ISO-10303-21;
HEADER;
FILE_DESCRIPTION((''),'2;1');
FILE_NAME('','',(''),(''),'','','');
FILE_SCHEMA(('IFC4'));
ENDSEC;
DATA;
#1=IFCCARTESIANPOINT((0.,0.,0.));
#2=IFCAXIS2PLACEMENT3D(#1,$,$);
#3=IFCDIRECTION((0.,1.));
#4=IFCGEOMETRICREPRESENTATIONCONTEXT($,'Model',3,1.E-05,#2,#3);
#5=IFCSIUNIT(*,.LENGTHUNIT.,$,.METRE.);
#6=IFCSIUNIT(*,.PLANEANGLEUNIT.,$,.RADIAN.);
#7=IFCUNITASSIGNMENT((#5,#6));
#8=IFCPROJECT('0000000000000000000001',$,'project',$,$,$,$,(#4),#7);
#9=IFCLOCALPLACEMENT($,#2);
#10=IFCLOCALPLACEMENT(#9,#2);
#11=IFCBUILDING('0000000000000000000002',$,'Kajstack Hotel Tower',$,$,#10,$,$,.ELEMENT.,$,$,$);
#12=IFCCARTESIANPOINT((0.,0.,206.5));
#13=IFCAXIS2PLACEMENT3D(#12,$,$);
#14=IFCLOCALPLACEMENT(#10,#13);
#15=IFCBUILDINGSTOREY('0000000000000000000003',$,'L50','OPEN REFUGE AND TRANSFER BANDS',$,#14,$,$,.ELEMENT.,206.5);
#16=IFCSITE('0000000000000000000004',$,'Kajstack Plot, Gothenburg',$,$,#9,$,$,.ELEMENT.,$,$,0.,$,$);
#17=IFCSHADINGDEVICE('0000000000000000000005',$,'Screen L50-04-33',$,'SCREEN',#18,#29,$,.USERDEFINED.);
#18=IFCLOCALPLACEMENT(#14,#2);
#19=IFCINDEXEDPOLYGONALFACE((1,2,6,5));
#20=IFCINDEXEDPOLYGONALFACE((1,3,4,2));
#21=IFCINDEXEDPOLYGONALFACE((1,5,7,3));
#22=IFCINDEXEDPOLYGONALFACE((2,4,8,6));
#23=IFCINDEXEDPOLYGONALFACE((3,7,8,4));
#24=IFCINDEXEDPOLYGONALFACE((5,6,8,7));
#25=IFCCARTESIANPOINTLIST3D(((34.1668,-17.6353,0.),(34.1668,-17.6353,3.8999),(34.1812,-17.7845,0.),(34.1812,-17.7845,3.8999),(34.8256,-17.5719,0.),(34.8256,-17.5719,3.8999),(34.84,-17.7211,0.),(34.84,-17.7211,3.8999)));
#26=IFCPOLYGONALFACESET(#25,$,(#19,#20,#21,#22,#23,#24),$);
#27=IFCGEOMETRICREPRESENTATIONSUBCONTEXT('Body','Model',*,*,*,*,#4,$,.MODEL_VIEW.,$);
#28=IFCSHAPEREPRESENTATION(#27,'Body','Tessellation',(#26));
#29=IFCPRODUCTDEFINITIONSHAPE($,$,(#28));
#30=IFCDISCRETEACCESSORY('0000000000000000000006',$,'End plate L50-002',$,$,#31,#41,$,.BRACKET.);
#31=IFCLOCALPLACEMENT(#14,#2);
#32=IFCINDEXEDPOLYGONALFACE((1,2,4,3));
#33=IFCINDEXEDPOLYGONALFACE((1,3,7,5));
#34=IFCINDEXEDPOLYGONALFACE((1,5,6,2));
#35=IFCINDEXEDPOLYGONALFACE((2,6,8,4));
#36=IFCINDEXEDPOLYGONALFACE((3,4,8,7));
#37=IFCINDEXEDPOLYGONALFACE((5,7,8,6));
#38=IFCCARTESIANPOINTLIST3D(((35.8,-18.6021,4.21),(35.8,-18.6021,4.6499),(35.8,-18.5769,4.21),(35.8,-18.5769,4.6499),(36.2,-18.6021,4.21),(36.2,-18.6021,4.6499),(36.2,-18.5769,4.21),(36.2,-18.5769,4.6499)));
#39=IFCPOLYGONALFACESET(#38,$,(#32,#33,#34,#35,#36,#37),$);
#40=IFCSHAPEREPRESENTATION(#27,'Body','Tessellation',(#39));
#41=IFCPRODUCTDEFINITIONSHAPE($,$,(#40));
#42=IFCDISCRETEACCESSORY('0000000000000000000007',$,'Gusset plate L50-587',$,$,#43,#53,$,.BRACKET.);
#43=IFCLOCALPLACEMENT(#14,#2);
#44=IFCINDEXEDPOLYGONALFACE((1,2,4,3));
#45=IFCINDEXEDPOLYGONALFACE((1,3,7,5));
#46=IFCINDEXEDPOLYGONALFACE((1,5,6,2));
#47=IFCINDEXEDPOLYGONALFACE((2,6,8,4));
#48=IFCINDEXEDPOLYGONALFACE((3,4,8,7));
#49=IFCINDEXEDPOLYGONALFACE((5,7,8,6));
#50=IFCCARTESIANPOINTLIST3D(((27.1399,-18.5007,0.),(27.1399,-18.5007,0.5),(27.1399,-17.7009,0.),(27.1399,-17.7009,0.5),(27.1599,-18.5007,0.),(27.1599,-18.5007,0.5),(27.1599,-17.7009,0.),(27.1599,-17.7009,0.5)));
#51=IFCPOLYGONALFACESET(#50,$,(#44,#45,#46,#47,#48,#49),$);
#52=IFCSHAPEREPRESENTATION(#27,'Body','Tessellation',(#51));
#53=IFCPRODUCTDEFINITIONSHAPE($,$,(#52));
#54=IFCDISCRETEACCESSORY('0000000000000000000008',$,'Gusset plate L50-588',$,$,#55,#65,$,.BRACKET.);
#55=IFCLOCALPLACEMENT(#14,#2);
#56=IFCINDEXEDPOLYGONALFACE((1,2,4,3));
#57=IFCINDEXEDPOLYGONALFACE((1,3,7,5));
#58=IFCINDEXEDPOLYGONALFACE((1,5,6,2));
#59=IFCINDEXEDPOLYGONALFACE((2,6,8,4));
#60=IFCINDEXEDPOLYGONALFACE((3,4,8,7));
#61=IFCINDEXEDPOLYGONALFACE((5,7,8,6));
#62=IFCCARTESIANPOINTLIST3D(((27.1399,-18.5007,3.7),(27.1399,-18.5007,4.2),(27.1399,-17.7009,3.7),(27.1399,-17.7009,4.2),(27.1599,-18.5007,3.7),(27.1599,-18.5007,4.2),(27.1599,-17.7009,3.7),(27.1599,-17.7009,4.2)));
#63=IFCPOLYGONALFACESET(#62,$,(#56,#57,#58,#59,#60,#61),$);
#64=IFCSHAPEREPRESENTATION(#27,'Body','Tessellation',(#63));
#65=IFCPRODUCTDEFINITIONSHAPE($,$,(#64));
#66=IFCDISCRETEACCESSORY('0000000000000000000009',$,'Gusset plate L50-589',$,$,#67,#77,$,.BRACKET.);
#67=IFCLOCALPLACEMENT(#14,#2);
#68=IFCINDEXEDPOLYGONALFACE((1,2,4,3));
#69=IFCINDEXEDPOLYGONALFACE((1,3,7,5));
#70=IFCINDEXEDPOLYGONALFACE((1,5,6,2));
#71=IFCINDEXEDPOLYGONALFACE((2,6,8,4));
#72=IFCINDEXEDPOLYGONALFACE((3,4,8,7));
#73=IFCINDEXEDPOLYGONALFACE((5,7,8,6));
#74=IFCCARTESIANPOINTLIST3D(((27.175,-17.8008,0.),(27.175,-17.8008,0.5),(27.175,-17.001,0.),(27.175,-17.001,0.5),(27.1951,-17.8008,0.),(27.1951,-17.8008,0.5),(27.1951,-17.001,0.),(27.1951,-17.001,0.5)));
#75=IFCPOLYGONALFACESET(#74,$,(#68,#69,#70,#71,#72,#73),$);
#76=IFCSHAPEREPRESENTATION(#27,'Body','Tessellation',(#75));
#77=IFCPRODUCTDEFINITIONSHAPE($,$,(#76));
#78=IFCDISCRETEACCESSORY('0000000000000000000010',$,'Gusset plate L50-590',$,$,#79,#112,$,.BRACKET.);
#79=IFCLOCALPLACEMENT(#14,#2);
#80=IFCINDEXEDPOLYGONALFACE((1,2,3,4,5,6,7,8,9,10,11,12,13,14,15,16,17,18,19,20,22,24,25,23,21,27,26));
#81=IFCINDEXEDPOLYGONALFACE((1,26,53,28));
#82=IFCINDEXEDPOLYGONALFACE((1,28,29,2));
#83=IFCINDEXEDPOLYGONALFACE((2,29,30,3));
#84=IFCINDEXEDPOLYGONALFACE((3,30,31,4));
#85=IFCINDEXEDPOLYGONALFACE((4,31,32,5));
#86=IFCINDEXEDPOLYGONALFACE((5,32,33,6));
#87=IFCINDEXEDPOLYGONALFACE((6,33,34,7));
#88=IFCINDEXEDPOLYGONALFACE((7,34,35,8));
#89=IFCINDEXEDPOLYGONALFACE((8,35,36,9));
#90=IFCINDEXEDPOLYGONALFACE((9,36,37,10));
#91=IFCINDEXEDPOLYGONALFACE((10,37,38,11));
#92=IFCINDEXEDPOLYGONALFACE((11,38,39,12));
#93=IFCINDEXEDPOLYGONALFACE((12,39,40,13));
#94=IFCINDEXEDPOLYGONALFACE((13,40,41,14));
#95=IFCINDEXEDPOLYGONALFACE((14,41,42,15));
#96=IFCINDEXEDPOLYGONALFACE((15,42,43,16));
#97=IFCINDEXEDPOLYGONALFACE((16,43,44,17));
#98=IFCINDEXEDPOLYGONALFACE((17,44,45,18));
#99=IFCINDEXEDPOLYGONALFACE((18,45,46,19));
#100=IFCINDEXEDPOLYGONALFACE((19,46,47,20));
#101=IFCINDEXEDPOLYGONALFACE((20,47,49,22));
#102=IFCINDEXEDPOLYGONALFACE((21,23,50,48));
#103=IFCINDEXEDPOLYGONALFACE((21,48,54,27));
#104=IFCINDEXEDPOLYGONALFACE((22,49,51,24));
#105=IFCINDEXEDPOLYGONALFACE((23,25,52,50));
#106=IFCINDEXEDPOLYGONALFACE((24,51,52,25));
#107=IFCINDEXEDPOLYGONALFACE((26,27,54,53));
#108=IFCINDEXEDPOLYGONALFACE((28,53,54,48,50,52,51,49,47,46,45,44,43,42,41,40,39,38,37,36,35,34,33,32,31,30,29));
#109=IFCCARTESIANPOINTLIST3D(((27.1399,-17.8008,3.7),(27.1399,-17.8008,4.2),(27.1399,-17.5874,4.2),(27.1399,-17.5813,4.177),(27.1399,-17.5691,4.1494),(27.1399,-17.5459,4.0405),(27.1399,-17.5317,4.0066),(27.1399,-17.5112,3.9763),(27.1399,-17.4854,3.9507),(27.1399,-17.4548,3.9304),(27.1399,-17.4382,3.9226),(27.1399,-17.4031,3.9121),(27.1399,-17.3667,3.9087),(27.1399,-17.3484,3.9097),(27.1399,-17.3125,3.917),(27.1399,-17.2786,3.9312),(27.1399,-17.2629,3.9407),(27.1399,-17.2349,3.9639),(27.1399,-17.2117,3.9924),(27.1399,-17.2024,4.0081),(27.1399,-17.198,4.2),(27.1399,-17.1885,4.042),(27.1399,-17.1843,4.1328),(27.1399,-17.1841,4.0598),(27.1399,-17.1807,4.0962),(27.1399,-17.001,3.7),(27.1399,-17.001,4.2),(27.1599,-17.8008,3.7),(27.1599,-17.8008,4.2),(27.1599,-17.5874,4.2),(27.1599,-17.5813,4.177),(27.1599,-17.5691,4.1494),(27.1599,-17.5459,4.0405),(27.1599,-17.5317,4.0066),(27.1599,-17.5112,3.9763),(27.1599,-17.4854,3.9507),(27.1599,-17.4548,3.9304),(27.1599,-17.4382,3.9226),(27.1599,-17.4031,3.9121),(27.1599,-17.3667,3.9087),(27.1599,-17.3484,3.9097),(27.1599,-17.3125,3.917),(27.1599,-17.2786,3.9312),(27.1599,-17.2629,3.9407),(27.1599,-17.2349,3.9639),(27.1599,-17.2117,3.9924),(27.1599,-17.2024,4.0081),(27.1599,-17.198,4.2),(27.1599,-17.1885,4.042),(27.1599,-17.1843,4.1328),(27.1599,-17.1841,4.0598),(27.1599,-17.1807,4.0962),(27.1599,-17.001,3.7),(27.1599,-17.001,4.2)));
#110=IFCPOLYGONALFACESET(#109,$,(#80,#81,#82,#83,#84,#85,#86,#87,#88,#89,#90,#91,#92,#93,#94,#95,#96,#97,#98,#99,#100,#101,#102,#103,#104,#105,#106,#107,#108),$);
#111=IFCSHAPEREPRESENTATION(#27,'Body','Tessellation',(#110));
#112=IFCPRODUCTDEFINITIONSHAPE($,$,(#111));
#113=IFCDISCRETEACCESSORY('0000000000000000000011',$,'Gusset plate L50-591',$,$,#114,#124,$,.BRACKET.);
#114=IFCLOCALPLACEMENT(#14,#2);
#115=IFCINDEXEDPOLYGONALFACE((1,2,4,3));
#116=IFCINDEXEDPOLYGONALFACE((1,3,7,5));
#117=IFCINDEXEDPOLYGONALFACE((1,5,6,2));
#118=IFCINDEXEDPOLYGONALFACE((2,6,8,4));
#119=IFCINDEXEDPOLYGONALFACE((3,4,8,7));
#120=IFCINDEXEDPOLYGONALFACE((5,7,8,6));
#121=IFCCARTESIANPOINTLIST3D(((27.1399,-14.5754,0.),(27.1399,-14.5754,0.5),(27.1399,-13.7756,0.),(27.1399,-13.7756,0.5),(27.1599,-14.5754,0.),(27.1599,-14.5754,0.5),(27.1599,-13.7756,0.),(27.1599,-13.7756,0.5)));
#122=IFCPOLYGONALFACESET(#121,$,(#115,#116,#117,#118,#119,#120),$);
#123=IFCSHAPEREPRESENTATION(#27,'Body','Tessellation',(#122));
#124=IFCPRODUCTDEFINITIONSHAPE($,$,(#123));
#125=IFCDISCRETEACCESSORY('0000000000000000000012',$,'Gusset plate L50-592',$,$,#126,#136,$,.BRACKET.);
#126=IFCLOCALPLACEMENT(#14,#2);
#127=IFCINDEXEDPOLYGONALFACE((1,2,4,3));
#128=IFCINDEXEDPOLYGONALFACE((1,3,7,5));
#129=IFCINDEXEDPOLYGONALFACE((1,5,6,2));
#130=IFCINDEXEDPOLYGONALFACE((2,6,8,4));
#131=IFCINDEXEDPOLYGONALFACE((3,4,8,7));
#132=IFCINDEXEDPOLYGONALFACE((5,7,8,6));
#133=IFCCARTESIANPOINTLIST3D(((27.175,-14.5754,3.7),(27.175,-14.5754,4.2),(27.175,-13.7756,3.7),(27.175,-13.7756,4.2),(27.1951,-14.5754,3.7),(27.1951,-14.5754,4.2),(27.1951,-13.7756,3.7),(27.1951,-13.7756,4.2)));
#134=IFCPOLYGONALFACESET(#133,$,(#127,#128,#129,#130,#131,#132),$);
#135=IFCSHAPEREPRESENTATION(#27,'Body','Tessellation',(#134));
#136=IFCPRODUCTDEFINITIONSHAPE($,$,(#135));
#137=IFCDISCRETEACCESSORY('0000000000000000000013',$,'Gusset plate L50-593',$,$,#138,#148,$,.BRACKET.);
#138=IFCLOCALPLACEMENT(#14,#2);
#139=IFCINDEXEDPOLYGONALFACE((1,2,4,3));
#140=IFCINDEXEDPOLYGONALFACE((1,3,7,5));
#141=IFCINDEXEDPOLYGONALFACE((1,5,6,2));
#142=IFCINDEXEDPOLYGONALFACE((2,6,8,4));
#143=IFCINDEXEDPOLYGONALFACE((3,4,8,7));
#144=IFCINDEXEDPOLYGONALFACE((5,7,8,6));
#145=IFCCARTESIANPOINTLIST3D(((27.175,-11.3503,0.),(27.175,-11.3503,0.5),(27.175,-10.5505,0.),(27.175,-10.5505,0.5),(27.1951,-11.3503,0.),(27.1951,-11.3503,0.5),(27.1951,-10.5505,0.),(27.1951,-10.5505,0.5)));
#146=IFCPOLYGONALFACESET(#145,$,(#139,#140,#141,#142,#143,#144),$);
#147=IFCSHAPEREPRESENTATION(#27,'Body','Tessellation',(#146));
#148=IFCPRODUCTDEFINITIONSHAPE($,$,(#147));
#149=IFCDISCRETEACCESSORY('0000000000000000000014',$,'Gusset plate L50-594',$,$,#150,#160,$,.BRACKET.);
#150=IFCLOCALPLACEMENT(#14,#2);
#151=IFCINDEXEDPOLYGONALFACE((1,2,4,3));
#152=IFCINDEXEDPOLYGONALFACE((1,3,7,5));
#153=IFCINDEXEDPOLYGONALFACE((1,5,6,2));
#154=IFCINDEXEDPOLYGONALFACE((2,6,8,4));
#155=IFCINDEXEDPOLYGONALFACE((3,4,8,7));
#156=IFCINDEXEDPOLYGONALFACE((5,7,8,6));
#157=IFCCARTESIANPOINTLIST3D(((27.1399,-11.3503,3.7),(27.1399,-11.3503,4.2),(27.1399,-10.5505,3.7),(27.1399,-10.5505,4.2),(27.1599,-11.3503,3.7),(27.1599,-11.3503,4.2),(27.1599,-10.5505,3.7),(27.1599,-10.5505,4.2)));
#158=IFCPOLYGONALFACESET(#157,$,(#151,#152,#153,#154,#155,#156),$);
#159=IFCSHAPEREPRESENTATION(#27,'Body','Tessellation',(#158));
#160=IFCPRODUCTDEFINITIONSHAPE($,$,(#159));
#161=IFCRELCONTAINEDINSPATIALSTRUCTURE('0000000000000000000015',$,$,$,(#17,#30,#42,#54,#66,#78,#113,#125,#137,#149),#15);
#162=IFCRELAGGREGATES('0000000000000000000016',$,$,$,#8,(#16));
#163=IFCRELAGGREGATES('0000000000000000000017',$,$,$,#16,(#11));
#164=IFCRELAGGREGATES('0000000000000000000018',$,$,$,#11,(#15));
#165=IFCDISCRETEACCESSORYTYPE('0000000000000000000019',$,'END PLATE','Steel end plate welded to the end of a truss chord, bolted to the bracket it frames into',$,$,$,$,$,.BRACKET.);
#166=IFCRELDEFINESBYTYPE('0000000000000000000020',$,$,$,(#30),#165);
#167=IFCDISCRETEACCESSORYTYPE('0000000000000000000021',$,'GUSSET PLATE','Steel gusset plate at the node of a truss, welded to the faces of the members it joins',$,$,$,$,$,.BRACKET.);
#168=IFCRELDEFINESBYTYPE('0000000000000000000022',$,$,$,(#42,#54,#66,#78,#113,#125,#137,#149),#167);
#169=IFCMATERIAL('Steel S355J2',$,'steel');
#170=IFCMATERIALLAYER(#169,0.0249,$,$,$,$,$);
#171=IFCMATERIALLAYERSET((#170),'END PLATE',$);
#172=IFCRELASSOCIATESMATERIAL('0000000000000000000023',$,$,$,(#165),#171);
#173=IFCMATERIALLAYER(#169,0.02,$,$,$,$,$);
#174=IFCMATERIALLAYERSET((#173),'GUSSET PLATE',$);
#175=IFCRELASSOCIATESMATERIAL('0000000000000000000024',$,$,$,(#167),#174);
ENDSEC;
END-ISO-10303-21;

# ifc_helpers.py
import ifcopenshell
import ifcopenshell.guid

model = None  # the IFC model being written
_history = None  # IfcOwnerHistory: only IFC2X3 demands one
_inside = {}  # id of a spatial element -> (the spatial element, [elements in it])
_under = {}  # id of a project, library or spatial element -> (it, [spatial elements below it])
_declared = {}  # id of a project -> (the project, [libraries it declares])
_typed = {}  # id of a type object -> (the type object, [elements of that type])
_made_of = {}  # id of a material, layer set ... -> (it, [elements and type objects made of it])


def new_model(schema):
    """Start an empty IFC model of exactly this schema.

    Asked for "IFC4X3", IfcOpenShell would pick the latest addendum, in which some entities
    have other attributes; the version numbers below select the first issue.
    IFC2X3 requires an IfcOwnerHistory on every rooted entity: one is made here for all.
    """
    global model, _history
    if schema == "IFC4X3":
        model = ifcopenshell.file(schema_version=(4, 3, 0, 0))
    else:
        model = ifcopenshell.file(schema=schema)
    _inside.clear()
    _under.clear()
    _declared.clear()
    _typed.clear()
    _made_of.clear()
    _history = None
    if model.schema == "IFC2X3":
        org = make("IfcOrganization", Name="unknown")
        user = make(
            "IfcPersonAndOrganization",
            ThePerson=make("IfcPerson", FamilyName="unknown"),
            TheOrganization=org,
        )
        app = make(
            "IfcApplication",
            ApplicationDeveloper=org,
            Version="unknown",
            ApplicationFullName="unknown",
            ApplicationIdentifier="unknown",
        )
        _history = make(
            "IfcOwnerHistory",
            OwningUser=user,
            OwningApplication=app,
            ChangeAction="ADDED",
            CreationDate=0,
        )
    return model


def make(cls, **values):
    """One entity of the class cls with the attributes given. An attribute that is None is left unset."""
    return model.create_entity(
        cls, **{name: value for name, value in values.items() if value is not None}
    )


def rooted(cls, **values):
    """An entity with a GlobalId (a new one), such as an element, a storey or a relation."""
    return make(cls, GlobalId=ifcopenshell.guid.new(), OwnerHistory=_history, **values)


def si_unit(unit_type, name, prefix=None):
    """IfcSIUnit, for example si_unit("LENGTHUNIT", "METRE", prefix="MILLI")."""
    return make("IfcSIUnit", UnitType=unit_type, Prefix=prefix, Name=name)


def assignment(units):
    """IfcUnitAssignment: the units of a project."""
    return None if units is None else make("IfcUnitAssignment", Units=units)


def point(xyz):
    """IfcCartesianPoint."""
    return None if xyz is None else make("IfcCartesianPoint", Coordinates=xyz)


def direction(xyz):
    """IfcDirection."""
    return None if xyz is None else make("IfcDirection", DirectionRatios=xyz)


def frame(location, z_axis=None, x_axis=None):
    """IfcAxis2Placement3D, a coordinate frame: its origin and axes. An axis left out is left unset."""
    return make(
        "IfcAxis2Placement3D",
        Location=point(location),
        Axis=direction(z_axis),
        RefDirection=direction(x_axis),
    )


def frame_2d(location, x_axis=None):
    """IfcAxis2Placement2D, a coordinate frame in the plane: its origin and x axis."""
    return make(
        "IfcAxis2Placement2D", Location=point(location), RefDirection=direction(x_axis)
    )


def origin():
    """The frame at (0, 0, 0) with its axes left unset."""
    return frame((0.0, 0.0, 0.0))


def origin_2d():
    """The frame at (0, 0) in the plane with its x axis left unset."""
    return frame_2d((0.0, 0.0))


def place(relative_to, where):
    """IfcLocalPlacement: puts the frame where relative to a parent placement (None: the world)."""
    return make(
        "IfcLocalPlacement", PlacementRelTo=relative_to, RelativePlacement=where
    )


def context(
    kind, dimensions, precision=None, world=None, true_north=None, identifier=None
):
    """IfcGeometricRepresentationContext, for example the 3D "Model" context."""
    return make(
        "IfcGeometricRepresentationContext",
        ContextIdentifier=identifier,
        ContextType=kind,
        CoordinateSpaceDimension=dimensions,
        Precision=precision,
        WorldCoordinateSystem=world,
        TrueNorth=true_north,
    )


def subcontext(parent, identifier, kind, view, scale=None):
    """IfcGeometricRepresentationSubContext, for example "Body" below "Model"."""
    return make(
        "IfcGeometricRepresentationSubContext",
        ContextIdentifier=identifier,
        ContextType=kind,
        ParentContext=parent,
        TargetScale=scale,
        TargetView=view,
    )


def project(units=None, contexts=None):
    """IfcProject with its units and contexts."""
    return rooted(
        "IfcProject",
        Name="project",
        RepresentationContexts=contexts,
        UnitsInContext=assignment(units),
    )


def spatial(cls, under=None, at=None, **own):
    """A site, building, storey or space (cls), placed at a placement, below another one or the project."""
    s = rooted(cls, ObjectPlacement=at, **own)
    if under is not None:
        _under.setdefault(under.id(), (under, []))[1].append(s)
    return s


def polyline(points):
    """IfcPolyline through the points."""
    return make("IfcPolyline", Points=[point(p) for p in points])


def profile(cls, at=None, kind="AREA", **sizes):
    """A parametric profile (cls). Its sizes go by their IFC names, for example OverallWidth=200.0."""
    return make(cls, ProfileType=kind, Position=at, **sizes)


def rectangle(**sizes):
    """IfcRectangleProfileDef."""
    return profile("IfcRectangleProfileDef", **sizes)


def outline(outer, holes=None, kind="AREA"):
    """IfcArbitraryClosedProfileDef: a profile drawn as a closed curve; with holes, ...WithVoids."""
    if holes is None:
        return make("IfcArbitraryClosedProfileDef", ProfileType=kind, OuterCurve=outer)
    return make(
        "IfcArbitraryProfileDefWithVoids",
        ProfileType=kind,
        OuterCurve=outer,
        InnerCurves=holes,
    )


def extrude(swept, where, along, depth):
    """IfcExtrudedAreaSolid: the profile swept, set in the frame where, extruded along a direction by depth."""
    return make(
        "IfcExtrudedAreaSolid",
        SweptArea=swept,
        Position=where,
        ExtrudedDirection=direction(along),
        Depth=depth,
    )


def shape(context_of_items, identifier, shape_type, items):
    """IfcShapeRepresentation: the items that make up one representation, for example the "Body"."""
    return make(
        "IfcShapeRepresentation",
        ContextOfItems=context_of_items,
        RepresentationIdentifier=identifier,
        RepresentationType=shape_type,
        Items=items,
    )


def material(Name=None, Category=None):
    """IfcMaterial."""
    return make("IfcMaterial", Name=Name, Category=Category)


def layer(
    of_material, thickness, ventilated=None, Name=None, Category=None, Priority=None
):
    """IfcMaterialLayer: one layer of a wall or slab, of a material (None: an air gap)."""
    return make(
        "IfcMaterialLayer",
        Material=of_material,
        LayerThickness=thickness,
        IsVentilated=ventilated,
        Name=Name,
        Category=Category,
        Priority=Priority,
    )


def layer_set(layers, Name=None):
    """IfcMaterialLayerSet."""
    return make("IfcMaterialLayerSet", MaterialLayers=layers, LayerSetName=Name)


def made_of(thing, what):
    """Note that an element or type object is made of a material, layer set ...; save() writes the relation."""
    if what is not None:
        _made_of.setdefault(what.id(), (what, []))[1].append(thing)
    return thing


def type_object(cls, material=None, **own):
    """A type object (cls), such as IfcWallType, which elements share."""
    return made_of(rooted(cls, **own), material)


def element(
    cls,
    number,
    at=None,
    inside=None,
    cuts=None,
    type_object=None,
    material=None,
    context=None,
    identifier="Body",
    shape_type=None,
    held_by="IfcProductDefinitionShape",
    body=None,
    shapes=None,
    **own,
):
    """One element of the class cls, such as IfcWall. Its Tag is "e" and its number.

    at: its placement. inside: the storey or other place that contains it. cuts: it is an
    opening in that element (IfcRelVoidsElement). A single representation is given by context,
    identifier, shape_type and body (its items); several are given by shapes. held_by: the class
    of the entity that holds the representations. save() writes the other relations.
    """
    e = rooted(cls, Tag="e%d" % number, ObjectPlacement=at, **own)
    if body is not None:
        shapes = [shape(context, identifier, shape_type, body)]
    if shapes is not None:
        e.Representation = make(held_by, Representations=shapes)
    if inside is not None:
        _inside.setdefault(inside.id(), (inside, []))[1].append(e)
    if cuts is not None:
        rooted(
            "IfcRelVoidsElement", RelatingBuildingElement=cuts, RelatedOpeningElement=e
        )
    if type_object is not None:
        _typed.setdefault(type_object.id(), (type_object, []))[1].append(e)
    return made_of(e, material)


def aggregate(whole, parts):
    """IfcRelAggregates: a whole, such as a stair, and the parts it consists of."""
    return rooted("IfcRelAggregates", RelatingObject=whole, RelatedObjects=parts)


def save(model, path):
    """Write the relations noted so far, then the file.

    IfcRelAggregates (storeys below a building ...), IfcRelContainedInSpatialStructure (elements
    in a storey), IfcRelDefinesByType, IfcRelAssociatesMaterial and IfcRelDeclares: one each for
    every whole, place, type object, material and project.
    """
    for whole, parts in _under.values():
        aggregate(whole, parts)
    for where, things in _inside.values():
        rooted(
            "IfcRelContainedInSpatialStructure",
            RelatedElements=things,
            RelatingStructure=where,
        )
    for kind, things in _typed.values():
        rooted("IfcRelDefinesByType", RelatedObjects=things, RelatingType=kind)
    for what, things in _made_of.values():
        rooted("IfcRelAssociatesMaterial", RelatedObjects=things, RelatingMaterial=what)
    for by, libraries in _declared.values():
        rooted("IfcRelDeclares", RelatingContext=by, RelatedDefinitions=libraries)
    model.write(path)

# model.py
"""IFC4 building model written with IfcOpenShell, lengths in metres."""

from ifc_helpers import new_model, si_unit, direction, frame, origin, origin_2d, place, context, subcontext, project, spatial, polyline, rectangle, outline, extrude, material, layer, layer_set, type_object, element, save


model = new_model("IFC4")

# Units and contexts
model_context = context("Model", 3, precision=1e-05, world=origin(), true_north=direction((0.0, 1.0)))
body_context = subcontext(model_context, "Body", "Model", "MODEL_VIEW")
ifc_project = project(units=[si_unit("LENGTHUNIT", "METRE"), si_unit("PLANEANGLEUNIT", "RADIAN")], contexts=[model_context])

# Site, building, storey
site_placement = place(None, origin())
site = spatial("IfcSite", under=ifc_project, at=site_placement, Name="Kajstack Plot, Gothenburg", CompositionType="ELEMENT", RefElevation=0.0)
building_placement = place(site_placement, origin())
building = spatial("IfcBuilding", under=site, at=building_placement, Name="Kajstack Hotel Tower", CompositionType="ELEMENT")
storey_placement = place(building_placement, frame((0.0, 0.0, 206.5)))
storey = spatial("IfcBuildingStorey", under=building, at=storey_placement, Name="L50", Description="OPEN REFUGE AND TRANSFER BANDS", CompositionType="ELEMENT", Elevation=206.5)

# Shared definitions
ifc_material_1 = material(Name="Steel S355J2", Category="steel")

# Shading device
for number, where, z_axis, x_axis, name in (
    (1, (34.5034, -17.6782, 0.0), (0.0, 0.0, 1.0), (0.995396, 0.095845, 0.0), "Screen L50-04-33"),
):
    element("IfcShadingDevice", number, at=place(storey_placement, frame(where, z_axis=z_axis, x_axis=x_axis)), inside=storey, Name=name, ObjectType="SCREEN", PredefinedType="USERDEFINED", context=body_context, shape_type="SweptSolid", body=[
        extrude(rectangle(XDim=0.6619, YDim=0.1499, at=origin_2d()), origin(), (0.0, 0.0, 1.0), 3.8999),
    ])

# Discrete accessories
ifc_layer_1 = layer(ifc_material_1, 0.0249)
ifc_layer_set_1 = layer_set([ifc_layer_1], Name="END PLATE")
discrete_accessory_type_1 = type_object("IfcDiscreteAccessoryType", Name="END PLATE", Description="Steel end plate welded to the end of a truss chord, bolted to the bracket it frames into", PredefinedType="BRACKET", material=ifc_layer_set_1)
discrete_accessory_1_placement = place(storey_placement, frame((36.0, -18.6021, 4.4299), z_axis=(0.0, 1.0, 0.0), x_axis=(-1.0, 0.0, 0.0)))
element("IfcDiscreteAccessory", 2, at=discrete_accessory_1_placement, inside=storey, type_object=discrete_accessory_type_1, Name="End plate L50-002", PredefinedType="BRACKET", context=body_context, shape_type="SweptSolid", body=[
    extrude(outline(polyline([(-0.2, -0.22), (0.2, -0.22), (0.2, 0.22), (-0.2, 0.22), (-0.2, -0.22)])), origin(), (0.0, 0.0, 1.0), 0.0251),
])
ifc_layer_2 = layer(ifc_material_1, 0.02)
ifc_layer_set_2 = layer_set([ifc_layer_2], Name="GUSSET PLATE")
discrete_accessory_type_2 = type_object("IfcDiscreteAccessoryType", Name="GUSSET PLATE", Description="Steel gusset plate at the node of a truss, welded to the faces of the members it joins", PredefinedType="BRACKET", material=ifc_layer_set_2)
for number, where, z_axis, x_axis, name in (
    (3, (27.1399, -18.1008, 0.0), (1.0, 0.0, 0.0), (0.0, 1.0, 0.0), "Gusset plate L50-587"),
    (4, (27.1399, -18.1008, 3.7), (1.0, 0.0, 0.0), (0.0, 1.0, 0.0), "Gusset plate L50-588"),
    (5, (27.175, -17.4009, 0.0), (1.0, 0.0, 0.0), (0.0, 1.0, 0.0), "Gusset plate L50-589"),
):
    element("IfcDiscreteAccessory", number, at=place(storey_placement, frame(where, z_axis=z_axis, x_axis=x_axis)), inside=storey, type_object=discrete_accessory_type_2, Name=name, PredefinedType="BRACKET", context=body_context, shape_type="SweptSolid", body=[
        extrude(outline(polyline([(-0.3999, 0.0), (0.3999, 0.0), (0.3999, 0.5), (-0.3999, 0.5), (-0.3999, 0.0)])), origin(), (0.0, 0.0, 1.0), 0.02),
    ])
discrete_accessory_2_placement = place(storey_placement, frame((27.1399, -17.4009, 3.7), z_axis=(1.0, 0.0, 0.0), x_axis=(0.0, 1.0, 0.0)))
element("IfcDiscreteAccessory", 6, at=discrete_accessory_2_placement, inside=storey, type_object=discrete_accessory_type_2, Name="Gusset plate L50-590", PredefinedType="BRACKET", context=body_context, shape_type="SweptSolid", body=[
    extrude(outline(polyline([(0.3999, 0.5), (0.2029, 0.5), (0.2166, 0.4329), (0.2202, 0.3962), (0.2168, 0.3599), (0.2124, 0.342), (0.1985, 0.3081), (0.1892, 0.2925), (0.166, 0.2639), (0.1379, 0.2407), (0.1223, 0.2312), (0.0884, 0.217), (0.0525, 0.2097), (0.0342, 0.2087), (-0.0022, 0.2122), (-0.0374, 0.2227), (-0.054, 0.2305), (-0.0845, 0.2507), (-0.1104, 0.2764), (-0.1309, 0.3066), (-0.145, 0.3406), (-0.1682, 0.4495), (-0.1804, 0.4771), (-0.1865, 0.5), (-0.3999, 0.5), (-0.3999, 0.0), (0.3999, 0.0), (0.3999, 0.5)])), origin(), (0.0, 0.0, 1.0), 0.02),
])
for number, where, z_axis, x_axis, name in (
    (7, (27.1399, -14.1755, 0.0), (1.0, 0.0, 0.0), (0.0, 1.0, 0.0), "Gusset plate L50-591"),
    (8, (27.175, -14.1755, 3.7), (1.0, 0.0, 0.0), (0.0, 1.0, 0.0), "Gusset plate L50-592"),
    (9, (27.175, -10.9504, 0.0), (1.0, 0.0, 0.0), (0.0, 1.0, 0.0), "Gusset plate L50-593"),
    (10, (27.1399, -10.9504, 3.7), (1.0, 0.0, 0.0), (0.0, 1.0, 0.0), "Gusset plate L50-594"),
):
    element("IfcDiscreteAccessory", number, at=place(storey_placement, frame(where, z_axis=z_axis, x_axis=x_axis)), inside=storey, type_object=discrete_accessory_type_2, Name=name, PredefinedType="BRACKET", context=body_context, shape_type="SweptSolid", body=[
        extrude(outline(polyline([(-0.3999, 0.0), (0.3999, 0.0), (0.3999, 0.5), (-0.3999, 0.5), (-0.3999, 0.0)])), origin(), (0.0, 0.0, 1.0), 0.02),
    ])

save(model, "model.ifc")
